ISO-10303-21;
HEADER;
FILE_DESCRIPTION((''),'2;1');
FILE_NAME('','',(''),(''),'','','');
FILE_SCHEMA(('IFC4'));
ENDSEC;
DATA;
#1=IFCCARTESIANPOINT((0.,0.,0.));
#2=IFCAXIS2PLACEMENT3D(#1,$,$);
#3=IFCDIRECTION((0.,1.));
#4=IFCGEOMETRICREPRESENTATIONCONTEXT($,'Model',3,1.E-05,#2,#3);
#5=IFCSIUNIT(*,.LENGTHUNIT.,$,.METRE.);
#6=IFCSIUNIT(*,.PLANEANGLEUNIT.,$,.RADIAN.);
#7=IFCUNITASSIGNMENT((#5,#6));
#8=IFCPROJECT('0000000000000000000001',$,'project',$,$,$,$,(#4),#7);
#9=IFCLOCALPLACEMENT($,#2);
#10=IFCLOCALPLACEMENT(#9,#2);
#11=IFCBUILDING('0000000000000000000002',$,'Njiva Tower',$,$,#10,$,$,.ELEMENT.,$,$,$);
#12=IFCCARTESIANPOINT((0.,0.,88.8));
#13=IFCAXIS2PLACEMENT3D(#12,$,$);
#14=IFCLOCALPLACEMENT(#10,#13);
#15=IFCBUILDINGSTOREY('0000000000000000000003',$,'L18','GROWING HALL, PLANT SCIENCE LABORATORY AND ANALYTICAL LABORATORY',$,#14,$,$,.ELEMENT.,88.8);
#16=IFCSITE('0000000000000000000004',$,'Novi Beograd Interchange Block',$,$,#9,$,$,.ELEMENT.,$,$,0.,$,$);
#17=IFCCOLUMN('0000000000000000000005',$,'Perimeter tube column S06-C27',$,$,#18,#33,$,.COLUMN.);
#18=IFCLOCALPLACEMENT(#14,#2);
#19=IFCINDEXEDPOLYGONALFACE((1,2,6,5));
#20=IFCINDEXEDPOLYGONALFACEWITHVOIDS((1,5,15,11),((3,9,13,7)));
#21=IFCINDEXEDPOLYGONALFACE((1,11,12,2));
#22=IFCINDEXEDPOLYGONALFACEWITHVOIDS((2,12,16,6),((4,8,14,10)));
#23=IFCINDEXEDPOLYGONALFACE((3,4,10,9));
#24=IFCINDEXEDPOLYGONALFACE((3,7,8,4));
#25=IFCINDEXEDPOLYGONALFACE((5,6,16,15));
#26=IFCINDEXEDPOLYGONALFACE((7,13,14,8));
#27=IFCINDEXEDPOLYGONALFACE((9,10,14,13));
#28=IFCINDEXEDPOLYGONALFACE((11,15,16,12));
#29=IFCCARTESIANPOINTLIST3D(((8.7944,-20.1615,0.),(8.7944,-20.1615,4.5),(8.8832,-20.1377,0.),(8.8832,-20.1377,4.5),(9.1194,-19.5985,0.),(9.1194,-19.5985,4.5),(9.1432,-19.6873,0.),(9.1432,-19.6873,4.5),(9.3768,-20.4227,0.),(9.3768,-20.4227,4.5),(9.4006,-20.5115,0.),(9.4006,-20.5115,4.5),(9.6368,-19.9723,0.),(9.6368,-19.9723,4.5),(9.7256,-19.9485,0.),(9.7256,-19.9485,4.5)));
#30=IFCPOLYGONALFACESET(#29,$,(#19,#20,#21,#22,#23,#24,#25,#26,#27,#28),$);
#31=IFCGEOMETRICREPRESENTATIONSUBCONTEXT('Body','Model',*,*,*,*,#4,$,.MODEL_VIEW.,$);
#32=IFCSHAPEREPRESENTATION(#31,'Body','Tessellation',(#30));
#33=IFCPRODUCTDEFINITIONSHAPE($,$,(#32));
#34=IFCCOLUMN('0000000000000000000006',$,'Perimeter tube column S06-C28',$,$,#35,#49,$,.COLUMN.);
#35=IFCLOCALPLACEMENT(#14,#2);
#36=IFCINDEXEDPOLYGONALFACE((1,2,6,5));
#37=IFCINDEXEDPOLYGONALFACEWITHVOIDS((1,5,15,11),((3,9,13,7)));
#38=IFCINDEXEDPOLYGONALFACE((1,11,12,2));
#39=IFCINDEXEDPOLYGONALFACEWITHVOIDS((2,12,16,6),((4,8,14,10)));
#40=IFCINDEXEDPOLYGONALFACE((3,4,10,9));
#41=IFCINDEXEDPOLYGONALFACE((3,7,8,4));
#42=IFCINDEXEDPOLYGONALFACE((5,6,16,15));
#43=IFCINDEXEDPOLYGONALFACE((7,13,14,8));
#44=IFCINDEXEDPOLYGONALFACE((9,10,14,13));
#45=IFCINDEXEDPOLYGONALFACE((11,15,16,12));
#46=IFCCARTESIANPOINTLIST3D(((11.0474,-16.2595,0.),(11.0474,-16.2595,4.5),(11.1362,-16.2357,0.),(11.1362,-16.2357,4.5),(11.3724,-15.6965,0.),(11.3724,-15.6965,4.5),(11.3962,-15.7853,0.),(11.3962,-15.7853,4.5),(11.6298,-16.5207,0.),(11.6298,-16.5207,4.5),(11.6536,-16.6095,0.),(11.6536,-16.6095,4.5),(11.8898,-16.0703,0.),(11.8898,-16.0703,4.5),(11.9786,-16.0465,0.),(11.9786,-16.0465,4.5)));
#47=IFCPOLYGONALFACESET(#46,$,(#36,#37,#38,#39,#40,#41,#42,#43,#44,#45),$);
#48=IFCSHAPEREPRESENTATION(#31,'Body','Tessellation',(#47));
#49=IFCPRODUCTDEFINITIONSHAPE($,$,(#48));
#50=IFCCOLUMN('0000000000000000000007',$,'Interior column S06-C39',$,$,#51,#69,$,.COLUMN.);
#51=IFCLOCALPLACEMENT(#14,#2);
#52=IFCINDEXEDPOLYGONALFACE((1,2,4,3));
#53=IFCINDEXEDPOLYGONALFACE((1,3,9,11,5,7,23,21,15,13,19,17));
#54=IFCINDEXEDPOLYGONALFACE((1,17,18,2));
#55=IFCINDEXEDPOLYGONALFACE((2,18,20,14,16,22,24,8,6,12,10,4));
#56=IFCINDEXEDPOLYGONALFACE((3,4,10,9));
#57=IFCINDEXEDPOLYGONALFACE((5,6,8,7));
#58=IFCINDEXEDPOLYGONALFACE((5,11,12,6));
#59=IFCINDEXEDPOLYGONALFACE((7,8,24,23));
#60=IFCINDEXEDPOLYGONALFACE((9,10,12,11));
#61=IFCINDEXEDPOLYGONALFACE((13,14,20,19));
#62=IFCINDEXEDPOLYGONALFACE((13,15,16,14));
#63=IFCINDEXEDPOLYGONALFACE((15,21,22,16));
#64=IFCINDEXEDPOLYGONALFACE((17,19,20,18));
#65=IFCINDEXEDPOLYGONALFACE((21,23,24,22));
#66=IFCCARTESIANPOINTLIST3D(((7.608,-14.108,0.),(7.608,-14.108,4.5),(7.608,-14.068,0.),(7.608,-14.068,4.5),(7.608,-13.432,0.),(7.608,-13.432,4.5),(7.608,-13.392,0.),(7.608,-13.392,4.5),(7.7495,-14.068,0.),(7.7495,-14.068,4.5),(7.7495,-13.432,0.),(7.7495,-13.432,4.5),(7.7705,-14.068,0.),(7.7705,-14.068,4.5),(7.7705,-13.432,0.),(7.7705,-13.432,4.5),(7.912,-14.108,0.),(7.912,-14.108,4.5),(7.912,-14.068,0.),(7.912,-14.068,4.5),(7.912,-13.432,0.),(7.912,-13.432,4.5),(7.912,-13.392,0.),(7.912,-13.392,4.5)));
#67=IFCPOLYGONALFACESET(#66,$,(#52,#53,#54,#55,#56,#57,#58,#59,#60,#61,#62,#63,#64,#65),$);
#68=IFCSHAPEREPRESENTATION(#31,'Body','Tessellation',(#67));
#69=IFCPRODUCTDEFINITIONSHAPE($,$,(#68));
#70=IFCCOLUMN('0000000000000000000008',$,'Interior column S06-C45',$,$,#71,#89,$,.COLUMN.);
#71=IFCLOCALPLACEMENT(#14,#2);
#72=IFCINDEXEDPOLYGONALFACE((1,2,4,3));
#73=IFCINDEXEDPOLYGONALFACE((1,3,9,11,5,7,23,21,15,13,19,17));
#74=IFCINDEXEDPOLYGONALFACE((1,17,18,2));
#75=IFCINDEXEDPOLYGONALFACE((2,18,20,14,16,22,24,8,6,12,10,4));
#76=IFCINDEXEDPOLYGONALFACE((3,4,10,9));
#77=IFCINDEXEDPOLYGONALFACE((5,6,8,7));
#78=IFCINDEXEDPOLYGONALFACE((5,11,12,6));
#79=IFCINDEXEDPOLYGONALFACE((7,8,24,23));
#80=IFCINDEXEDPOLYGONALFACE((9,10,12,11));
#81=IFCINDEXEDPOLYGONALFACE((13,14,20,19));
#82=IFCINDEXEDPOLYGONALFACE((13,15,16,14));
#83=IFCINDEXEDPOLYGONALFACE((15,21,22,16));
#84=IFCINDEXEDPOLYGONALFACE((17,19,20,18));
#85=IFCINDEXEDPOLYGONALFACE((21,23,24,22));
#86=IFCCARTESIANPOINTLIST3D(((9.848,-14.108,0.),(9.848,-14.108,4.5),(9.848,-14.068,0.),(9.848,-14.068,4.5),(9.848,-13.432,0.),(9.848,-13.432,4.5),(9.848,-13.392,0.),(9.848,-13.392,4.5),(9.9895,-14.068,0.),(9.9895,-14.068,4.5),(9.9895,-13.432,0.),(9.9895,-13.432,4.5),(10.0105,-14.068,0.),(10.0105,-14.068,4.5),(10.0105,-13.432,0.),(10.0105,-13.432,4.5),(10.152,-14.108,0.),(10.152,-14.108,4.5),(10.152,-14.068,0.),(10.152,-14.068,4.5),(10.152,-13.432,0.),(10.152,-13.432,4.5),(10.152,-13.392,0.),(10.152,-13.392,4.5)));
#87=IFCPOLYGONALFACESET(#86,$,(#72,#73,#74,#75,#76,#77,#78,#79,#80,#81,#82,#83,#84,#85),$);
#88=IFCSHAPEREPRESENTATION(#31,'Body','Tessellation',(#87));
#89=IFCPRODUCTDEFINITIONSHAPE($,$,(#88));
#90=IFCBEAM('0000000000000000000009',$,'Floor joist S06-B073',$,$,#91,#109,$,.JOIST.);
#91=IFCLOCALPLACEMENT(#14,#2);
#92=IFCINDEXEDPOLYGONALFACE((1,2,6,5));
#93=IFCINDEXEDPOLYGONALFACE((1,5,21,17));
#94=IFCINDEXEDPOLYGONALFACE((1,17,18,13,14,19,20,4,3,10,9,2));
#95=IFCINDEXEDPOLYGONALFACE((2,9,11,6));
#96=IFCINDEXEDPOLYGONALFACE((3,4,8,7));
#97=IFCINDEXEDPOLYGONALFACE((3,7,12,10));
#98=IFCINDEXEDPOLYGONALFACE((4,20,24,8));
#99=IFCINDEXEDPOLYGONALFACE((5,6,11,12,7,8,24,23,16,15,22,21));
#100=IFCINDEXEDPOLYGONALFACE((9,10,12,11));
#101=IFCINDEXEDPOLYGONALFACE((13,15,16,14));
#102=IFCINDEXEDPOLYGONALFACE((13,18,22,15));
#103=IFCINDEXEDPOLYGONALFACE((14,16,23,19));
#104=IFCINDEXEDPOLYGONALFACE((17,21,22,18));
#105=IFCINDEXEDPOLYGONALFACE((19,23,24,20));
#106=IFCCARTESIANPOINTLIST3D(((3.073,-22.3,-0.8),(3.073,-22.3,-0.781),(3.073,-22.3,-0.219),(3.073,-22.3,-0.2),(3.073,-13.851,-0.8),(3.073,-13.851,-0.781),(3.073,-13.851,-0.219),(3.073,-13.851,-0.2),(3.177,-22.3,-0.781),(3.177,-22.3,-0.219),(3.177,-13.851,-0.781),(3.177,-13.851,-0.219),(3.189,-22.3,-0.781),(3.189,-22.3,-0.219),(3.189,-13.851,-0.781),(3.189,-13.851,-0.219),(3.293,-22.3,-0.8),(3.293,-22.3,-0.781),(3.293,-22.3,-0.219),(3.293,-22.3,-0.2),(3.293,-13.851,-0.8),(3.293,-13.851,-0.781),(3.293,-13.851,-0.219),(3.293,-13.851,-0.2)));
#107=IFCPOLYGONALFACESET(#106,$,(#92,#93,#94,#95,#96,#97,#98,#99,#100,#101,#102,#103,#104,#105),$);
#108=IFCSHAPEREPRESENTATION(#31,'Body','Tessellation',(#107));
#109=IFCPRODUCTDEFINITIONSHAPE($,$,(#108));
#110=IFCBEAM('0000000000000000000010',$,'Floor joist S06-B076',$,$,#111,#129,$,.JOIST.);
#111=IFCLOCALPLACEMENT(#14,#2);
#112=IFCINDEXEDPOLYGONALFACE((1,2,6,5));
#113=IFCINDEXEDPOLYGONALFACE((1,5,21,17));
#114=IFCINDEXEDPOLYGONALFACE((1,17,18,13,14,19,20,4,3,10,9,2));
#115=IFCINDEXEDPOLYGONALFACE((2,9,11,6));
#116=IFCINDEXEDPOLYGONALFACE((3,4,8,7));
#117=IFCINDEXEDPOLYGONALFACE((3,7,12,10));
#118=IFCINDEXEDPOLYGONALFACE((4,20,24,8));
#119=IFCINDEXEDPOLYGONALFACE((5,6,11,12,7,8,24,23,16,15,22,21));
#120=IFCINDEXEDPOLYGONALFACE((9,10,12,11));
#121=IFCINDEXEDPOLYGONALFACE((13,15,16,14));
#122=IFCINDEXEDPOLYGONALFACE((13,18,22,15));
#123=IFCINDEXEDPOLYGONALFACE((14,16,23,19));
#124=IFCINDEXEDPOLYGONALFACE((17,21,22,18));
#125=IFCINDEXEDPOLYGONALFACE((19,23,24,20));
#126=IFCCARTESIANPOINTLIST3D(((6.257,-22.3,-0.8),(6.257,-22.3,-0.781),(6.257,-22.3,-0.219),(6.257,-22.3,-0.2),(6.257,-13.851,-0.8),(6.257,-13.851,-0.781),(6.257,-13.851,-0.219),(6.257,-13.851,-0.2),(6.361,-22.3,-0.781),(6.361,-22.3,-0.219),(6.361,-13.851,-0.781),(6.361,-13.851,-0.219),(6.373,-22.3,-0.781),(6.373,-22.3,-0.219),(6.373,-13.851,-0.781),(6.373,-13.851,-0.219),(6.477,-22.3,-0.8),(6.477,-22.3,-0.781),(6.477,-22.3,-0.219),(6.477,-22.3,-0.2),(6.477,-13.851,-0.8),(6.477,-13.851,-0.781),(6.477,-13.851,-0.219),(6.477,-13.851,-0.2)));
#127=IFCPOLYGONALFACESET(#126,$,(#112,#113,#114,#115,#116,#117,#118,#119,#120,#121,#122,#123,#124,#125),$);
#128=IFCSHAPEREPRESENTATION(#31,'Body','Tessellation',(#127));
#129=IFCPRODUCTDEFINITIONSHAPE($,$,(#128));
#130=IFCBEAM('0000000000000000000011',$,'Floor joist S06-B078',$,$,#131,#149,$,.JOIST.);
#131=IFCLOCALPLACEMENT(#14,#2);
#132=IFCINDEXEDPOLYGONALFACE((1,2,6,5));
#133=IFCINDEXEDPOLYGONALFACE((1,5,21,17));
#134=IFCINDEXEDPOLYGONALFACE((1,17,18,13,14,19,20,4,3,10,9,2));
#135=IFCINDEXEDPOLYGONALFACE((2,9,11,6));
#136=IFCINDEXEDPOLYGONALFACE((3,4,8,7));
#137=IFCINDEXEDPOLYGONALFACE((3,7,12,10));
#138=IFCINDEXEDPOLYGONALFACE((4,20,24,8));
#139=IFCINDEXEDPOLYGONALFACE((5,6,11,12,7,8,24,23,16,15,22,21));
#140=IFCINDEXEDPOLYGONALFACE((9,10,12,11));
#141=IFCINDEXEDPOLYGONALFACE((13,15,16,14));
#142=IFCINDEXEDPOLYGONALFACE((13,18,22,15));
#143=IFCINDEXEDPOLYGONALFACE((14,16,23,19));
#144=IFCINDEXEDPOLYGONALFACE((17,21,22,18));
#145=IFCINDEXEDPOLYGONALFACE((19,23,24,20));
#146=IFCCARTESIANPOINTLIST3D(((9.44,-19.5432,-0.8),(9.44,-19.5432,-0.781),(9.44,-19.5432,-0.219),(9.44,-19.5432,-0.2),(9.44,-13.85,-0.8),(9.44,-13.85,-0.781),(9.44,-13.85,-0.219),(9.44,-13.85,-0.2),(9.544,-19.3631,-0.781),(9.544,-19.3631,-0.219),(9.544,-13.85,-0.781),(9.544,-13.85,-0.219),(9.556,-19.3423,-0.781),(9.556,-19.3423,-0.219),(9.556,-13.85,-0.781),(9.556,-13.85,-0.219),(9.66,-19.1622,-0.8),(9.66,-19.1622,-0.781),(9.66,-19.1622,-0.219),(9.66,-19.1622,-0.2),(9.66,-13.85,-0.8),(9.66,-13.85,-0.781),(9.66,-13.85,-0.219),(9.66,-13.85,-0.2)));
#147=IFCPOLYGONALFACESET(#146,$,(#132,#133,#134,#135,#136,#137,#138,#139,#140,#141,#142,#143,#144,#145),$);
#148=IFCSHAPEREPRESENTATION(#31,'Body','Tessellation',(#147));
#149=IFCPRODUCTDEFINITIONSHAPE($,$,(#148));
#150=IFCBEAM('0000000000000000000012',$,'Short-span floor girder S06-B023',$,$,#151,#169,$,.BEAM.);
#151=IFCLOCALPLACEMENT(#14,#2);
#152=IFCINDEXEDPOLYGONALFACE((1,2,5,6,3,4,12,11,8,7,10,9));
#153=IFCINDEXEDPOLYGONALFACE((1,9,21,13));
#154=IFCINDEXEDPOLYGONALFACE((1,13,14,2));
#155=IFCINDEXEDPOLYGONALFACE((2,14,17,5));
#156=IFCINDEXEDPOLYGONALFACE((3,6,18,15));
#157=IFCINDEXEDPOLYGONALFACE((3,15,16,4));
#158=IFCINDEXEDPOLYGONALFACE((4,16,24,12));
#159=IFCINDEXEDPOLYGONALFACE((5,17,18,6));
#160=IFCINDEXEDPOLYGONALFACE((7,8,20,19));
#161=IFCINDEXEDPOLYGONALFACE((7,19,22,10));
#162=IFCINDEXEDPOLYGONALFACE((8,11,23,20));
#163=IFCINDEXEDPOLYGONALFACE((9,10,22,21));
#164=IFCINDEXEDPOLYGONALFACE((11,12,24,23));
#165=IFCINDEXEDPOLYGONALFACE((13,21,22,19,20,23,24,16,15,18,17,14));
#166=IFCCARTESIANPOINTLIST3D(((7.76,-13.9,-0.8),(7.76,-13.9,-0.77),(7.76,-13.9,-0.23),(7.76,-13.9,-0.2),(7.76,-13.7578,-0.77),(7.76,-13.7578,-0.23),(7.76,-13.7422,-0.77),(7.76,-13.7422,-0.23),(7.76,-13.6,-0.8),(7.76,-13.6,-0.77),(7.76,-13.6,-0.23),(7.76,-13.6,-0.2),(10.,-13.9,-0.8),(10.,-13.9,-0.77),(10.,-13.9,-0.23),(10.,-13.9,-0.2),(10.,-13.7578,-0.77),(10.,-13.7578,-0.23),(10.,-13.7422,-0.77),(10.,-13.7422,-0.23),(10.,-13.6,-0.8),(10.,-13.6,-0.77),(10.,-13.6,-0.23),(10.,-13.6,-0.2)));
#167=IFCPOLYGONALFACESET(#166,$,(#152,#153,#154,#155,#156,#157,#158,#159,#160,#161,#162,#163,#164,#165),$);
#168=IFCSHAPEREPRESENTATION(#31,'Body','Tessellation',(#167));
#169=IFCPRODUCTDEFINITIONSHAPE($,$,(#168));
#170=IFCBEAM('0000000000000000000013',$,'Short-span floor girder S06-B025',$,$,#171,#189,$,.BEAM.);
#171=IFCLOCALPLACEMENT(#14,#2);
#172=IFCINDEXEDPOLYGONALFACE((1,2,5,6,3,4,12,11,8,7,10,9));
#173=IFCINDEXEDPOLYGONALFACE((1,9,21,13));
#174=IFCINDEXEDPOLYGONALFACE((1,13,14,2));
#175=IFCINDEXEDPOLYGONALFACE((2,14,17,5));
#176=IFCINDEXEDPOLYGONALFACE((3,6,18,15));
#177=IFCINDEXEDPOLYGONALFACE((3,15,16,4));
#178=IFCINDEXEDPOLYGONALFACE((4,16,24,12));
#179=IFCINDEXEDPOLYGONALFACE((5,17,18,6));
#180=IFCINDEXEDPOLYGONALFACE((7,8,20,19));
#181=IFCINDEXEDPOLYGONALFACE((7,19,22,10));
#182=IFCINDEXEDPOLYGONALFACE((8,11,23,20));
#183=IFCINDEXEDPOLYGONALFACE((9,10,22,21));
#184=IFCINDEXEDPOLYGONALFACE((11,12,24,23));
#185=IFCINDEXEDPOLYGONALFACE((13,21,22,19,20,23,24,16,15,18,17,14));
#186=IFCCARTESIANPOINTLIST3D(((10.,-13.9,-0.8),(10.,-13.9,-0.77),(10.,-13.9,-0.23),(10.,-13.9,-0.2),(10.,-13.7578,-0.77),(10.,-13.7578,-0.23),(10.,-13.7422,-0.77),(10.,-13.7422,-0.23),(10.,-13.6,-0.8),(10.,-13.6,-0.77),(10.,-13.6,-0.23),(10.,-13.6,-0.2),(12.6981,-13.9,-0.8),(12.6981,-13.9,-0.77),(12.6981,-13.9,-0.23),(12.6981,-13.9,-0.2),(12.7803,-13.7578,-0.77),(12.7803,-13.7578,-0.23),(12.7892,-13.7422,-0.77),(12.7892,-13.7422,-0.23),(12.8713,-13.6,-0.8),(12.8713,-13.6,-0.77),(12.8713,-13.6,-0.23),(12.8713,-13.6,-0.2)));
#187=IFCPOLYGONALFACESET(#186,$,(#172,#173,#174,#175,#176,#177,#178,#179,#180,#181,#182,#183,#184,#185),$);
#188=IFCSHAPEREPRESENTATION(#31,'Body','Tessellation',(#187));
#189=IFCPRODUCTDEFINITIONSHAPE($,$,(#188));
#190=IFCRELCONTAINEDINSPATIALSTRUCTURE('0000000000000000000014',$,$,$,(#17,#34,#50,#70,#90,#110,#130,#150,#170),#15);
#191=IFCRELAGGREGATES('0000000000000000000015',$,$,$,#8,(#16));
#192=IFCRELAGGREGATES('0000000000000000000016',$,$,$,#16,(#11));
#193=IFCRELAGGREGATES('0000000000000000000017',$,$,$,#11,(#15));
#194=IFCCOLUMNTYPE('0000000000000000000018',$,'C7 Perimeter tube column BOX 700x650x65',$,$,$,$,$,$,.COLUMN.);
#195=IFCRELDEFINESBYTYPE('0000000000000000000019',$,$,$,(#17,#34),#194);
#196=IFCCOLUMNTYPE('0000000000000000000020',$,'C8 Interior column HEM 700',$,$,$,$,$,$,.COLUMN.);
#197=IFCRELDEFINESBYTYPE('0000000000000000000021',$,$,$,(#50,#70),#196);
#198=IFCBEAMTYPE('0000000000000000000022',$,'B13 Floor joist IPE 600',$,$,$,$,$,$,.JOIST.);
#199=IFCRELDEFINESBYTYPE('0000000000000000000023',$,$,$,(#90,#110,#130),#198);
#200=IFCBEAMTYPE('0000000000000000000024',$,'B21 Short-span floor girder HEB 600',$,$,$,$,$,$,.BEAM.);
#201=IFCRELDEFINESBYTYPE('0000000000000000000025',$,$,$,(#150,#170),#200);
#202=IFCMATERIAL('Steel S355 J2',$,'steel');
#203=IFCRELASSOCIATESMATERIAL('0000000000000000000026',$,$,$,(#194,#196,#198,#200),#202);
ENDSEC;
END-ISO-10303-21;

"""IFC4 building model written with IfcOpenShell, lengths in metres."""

from ifc_helpers import new_model, si_unit, direction, frame, origin, origin_2d, place, context, subcontext, project, spatial, hollow_rectangle, i_section, extrude, clip, halfspace, material, material_profile, profile_set, type_object, element, save


model = new_model("IFC4")

# Units and contexts
model_context = context("Model", 3, precision=1e-05, world=origin(), true_north=direction((0.0, 1.0)))
body_context = subcontext(model_context, "Body", "Model", "MODEL_VIEW")
ifc_project = project(units=[si_unit("LENGTHUNIT", "METRE"), si_unit("PLANEANGLEUNIT", "RADIAN")], contexts=[model_context])

# Site, building, storey
site_placement = place(None, origin())
site = spatial("IfcSite", under=ifc_project, at=site_placement, Name="Novi Beograd Interchange Block", CompositionType="ELEMENT", RefElevation=0.0)
building_placement = place(site_placement, origin())
building = spatial("IfcBuilding", under=site, at=building_placement, Name="Njiva Tower", CompositionType="ELEMENT")
storey_placement = place(building_placement, frame((0.0, 0.0, 88.8)))
storey = spatial("IfcBuildingStorey", under=building, at=storey_placement, Name="L18", Description="GROWING HALL, PLANT SCIENCE LABORATORY AND ANALYTICAL LABORATORY", CompositionType="ELEMENT", Elevation=88.8)

# Columns
ifc_material_1 = material(Name="Steel S355 J2", Category="steel")
ifc_material_profile_1 = material_profile(ifc_material_1, hollow_rectangle(XDim=0.65, YDim=0.7, WallThickness=0.065, at=origin_2d()), Name="BOX 700x650x65")
ifc_profile_set_1 = profile_set([ifc_material_profile_1], Name="Steel S355 J2")
column_type_1 = type_object("IfcColumnType", Name="C7 Perimeter tube column BOX 700x650x65", PredefinedType="COLUMN", material=ifc_profile_set_1)
for number, where, z_axis, x_axis, name in (
    (1, (9.26, -20.055, 0.0), (0.0, 0.0, 1.0), (0.5, 0.866025, 0.0), "Perimeter tube column S06-C27"),
    (2, (11.513, -16.153, 0.0), (0.0, 0.0, 1.0), (0.5, 0.866025, 0.0), "Perimeter tube column S06-C28"),
):
    element("IfcColumn", number, at=place(storey_placement, frame(where, z_axis=z_axis, x_axis=x_axis)), inside=storey, type_object=column_type_1, Name=name, PredefinedType="COLUMN", context=body_context, shape_type="SweptSolid", body=[
        extrude(hollow_rectangle(XDim=0.65, YDim=0.7, WallThickness=0.065, at=origin_2d()), origin(), (0.0, 0.0, 1.0), 4.5),
    ])
ifc_material_profile_2 = material_profile(ifc_material_1, i_section(OverallWidth=0.304, OverallDepth=0.716, WebThickness=0.021, FlangeThickness=0.04, at=origin_2d()), Name="HEM 700")
ifc_profile_set_2 = profile_set([ifc_material_profile_2], Name="Steel S355 J2")
column_type_2 = type_object("IfcColumnType", Name="C8 Interior column HEM 700", PredefinedType="COLUMN", material=ifc_profile_set_2)
for number, where, z_axis, x_axis, name in (
    (3, (7.76, -13.75, 0.0), (0.0, 0.0, 1.0), (1.0, 0.0, 0.0), "Interior column S06-C39"),
    (4, (10.0, -13.75, 0.0), (0.0, 0.0, 1.0), (1.0, 0.0, 0.0), "Interior column S06-C45"),
):
    element("IfcColumn", number, at=place(storey_placement, frame(where, z_axis=z_axis, x_axis=x_axis)), inside=storey, type_object=column_type_2, Name=name, PredefinedType="COLUMN", context=body_context, shape_type="SweptSolid", body=[
        extrude(i_section(OverallWidth=0.304, OverallDepth=0.716, WebThickness=0.021, FlangeThickness=0.04, at=origin_2d()), origin(), (0.0, 0.0, 1.0), 4.5),
    ])

# Beams
ifc_material_profile_3 = material_profile(ifc_material_1, i_section(OverallWidth=0.22, OverallDepth=0.6, WebThickness=0.012, FlangeThickness=0.019, at=origin_2d()), Name="IPE 600")
ifc_profile_set_3 = profile_set([ifc_material_profile_3], Name="Steel S355 J2")
beam_type_1 = type_object("IfcBeamType", Name="B13 Floor joist IPE 600", PredefinedType="JOIST", material=ifc_profile_set_3)
for number, where, z_axis, x_axis, name in (
    (5, (3.183, -13.851, -0.5), (0.0, -1.0, 0.0), (1.0, 0.0, 0.0), "Floor joist S06-B073"),
    (6, (6.367, -13.851, -0.5), (0.0, -1.0, 0.0), (1.0, 0.0, 0.0), "Floor joist S06-B076"),
):
    element("IfcBeam", number, at=place(storey_placement, frame(where, z_axis=z_axis, x_axis=x_axis)), inside=storey, type_object=beam_type_1, Name=name, PredefinedType="JOIST", context=body_context, shape_type="SweptSolid", body=[
        extrude(i_section(OverallWidth=0.22, OverallDepth=0.6, WebThickness=0.012, FlangeThickness=0.019, at=origin_2d()), origin(), (0.0, 0.0, 1.0), 8.449),
    ])
beam_1_placement = place(storey_placement, frame((9.55, -13.85, -0.5), z_axis=(0.0, -1.0, 0.0), x_axis=(1.0, 0.0, 0.0)))
element("IfcBeam", 7, at=beam_1_placement, inside=storey, type_object=beam_type_1, Name="Floor joist S06-B078", PredefinedType="JOIST", context=body_context, shape_type="Clipping", body=[
    clip(extrude(i_section(OverallWidth=0.22, OverallDepth=0.6, WebThickness=0.012, FlangeThickness=0.019, at=origin_2d()), origin(), (0.0, 0.0, 1.0), 5.714), halfspace(frame((0.0433, 0.0, 5.4277), z_axis=(0.866027, 0.0, 0.499998), x_axis=(0.0, 1.0, 0.0)), False)),
])
ifc_material_profile_4 = material_profile(ifc_material_1, i_section(OverallWidth=0.3, OverallDepth=0.6, WebThickness=0.0155, FlangeThickness=0.03, at=origin_2d()), Name="HEB 600")
ifc_profile_set_4 = profile_set([ifc_material_profile_4], Name="Steel S355 J2")
beam_type_2 = type_object("IfcBeamType", Name="B21 Short-span floor girder HEB 600", PredefinedType="BEAM", material=ifc_profile_set_4)
beam_2_placement = place(storey_placement, frame((7.76, -13.75, -0.5), z_axis=(1.0, 0.0, 0.0), x_axis=(0.0, 1.0, 0.0)))
element("IfcBeam", 8, at=beam_2_placement, inside=storey, type_object=beam_type_2, Name="Short-span floor girder S06-B023", PredefinedType="BEAM", context=body_context, shape_type="SweptSolid", body=[
    extrude(i_section(OverallWidth=0.3, OverallDepth=0.6, WebThickness=0.0155, FlangeThickness=0.03, at=origin_2d()), origin(), (0.0, 0.0, 1.0), 2.24),
])
beam_3_placement = place(storey_placement, frame((10.0, -13.75, -0.5), z_axis=(1.0, 0.0, 0.0), x_axis=(0.0, 1.0, 0.0)))
element("IfcBeam", 9, at=beam_3_placement, inside=storey, type_object=beam_type_2, Name="Short-span floor girder S06-B025", PredefinedType="BEAM", context=body_context, shape_type="Clipping", body=[
    clip(extrude(i_section(OverallWidth=0.3, OverallDepth=0.6, WebThickness=0.0155, FlangeThickness=0.03, at=origin_2d()), origin(), (0.0, 0.0, 1.0), 2.892), halfspace(frame((-0.025, 0.0, 2.7703), z_axis=(-0.499998, 0.0, 0.866027), x_axis=(0.0, 1.0, 0.0)), False)),
])

save(model, "model.ifc")
